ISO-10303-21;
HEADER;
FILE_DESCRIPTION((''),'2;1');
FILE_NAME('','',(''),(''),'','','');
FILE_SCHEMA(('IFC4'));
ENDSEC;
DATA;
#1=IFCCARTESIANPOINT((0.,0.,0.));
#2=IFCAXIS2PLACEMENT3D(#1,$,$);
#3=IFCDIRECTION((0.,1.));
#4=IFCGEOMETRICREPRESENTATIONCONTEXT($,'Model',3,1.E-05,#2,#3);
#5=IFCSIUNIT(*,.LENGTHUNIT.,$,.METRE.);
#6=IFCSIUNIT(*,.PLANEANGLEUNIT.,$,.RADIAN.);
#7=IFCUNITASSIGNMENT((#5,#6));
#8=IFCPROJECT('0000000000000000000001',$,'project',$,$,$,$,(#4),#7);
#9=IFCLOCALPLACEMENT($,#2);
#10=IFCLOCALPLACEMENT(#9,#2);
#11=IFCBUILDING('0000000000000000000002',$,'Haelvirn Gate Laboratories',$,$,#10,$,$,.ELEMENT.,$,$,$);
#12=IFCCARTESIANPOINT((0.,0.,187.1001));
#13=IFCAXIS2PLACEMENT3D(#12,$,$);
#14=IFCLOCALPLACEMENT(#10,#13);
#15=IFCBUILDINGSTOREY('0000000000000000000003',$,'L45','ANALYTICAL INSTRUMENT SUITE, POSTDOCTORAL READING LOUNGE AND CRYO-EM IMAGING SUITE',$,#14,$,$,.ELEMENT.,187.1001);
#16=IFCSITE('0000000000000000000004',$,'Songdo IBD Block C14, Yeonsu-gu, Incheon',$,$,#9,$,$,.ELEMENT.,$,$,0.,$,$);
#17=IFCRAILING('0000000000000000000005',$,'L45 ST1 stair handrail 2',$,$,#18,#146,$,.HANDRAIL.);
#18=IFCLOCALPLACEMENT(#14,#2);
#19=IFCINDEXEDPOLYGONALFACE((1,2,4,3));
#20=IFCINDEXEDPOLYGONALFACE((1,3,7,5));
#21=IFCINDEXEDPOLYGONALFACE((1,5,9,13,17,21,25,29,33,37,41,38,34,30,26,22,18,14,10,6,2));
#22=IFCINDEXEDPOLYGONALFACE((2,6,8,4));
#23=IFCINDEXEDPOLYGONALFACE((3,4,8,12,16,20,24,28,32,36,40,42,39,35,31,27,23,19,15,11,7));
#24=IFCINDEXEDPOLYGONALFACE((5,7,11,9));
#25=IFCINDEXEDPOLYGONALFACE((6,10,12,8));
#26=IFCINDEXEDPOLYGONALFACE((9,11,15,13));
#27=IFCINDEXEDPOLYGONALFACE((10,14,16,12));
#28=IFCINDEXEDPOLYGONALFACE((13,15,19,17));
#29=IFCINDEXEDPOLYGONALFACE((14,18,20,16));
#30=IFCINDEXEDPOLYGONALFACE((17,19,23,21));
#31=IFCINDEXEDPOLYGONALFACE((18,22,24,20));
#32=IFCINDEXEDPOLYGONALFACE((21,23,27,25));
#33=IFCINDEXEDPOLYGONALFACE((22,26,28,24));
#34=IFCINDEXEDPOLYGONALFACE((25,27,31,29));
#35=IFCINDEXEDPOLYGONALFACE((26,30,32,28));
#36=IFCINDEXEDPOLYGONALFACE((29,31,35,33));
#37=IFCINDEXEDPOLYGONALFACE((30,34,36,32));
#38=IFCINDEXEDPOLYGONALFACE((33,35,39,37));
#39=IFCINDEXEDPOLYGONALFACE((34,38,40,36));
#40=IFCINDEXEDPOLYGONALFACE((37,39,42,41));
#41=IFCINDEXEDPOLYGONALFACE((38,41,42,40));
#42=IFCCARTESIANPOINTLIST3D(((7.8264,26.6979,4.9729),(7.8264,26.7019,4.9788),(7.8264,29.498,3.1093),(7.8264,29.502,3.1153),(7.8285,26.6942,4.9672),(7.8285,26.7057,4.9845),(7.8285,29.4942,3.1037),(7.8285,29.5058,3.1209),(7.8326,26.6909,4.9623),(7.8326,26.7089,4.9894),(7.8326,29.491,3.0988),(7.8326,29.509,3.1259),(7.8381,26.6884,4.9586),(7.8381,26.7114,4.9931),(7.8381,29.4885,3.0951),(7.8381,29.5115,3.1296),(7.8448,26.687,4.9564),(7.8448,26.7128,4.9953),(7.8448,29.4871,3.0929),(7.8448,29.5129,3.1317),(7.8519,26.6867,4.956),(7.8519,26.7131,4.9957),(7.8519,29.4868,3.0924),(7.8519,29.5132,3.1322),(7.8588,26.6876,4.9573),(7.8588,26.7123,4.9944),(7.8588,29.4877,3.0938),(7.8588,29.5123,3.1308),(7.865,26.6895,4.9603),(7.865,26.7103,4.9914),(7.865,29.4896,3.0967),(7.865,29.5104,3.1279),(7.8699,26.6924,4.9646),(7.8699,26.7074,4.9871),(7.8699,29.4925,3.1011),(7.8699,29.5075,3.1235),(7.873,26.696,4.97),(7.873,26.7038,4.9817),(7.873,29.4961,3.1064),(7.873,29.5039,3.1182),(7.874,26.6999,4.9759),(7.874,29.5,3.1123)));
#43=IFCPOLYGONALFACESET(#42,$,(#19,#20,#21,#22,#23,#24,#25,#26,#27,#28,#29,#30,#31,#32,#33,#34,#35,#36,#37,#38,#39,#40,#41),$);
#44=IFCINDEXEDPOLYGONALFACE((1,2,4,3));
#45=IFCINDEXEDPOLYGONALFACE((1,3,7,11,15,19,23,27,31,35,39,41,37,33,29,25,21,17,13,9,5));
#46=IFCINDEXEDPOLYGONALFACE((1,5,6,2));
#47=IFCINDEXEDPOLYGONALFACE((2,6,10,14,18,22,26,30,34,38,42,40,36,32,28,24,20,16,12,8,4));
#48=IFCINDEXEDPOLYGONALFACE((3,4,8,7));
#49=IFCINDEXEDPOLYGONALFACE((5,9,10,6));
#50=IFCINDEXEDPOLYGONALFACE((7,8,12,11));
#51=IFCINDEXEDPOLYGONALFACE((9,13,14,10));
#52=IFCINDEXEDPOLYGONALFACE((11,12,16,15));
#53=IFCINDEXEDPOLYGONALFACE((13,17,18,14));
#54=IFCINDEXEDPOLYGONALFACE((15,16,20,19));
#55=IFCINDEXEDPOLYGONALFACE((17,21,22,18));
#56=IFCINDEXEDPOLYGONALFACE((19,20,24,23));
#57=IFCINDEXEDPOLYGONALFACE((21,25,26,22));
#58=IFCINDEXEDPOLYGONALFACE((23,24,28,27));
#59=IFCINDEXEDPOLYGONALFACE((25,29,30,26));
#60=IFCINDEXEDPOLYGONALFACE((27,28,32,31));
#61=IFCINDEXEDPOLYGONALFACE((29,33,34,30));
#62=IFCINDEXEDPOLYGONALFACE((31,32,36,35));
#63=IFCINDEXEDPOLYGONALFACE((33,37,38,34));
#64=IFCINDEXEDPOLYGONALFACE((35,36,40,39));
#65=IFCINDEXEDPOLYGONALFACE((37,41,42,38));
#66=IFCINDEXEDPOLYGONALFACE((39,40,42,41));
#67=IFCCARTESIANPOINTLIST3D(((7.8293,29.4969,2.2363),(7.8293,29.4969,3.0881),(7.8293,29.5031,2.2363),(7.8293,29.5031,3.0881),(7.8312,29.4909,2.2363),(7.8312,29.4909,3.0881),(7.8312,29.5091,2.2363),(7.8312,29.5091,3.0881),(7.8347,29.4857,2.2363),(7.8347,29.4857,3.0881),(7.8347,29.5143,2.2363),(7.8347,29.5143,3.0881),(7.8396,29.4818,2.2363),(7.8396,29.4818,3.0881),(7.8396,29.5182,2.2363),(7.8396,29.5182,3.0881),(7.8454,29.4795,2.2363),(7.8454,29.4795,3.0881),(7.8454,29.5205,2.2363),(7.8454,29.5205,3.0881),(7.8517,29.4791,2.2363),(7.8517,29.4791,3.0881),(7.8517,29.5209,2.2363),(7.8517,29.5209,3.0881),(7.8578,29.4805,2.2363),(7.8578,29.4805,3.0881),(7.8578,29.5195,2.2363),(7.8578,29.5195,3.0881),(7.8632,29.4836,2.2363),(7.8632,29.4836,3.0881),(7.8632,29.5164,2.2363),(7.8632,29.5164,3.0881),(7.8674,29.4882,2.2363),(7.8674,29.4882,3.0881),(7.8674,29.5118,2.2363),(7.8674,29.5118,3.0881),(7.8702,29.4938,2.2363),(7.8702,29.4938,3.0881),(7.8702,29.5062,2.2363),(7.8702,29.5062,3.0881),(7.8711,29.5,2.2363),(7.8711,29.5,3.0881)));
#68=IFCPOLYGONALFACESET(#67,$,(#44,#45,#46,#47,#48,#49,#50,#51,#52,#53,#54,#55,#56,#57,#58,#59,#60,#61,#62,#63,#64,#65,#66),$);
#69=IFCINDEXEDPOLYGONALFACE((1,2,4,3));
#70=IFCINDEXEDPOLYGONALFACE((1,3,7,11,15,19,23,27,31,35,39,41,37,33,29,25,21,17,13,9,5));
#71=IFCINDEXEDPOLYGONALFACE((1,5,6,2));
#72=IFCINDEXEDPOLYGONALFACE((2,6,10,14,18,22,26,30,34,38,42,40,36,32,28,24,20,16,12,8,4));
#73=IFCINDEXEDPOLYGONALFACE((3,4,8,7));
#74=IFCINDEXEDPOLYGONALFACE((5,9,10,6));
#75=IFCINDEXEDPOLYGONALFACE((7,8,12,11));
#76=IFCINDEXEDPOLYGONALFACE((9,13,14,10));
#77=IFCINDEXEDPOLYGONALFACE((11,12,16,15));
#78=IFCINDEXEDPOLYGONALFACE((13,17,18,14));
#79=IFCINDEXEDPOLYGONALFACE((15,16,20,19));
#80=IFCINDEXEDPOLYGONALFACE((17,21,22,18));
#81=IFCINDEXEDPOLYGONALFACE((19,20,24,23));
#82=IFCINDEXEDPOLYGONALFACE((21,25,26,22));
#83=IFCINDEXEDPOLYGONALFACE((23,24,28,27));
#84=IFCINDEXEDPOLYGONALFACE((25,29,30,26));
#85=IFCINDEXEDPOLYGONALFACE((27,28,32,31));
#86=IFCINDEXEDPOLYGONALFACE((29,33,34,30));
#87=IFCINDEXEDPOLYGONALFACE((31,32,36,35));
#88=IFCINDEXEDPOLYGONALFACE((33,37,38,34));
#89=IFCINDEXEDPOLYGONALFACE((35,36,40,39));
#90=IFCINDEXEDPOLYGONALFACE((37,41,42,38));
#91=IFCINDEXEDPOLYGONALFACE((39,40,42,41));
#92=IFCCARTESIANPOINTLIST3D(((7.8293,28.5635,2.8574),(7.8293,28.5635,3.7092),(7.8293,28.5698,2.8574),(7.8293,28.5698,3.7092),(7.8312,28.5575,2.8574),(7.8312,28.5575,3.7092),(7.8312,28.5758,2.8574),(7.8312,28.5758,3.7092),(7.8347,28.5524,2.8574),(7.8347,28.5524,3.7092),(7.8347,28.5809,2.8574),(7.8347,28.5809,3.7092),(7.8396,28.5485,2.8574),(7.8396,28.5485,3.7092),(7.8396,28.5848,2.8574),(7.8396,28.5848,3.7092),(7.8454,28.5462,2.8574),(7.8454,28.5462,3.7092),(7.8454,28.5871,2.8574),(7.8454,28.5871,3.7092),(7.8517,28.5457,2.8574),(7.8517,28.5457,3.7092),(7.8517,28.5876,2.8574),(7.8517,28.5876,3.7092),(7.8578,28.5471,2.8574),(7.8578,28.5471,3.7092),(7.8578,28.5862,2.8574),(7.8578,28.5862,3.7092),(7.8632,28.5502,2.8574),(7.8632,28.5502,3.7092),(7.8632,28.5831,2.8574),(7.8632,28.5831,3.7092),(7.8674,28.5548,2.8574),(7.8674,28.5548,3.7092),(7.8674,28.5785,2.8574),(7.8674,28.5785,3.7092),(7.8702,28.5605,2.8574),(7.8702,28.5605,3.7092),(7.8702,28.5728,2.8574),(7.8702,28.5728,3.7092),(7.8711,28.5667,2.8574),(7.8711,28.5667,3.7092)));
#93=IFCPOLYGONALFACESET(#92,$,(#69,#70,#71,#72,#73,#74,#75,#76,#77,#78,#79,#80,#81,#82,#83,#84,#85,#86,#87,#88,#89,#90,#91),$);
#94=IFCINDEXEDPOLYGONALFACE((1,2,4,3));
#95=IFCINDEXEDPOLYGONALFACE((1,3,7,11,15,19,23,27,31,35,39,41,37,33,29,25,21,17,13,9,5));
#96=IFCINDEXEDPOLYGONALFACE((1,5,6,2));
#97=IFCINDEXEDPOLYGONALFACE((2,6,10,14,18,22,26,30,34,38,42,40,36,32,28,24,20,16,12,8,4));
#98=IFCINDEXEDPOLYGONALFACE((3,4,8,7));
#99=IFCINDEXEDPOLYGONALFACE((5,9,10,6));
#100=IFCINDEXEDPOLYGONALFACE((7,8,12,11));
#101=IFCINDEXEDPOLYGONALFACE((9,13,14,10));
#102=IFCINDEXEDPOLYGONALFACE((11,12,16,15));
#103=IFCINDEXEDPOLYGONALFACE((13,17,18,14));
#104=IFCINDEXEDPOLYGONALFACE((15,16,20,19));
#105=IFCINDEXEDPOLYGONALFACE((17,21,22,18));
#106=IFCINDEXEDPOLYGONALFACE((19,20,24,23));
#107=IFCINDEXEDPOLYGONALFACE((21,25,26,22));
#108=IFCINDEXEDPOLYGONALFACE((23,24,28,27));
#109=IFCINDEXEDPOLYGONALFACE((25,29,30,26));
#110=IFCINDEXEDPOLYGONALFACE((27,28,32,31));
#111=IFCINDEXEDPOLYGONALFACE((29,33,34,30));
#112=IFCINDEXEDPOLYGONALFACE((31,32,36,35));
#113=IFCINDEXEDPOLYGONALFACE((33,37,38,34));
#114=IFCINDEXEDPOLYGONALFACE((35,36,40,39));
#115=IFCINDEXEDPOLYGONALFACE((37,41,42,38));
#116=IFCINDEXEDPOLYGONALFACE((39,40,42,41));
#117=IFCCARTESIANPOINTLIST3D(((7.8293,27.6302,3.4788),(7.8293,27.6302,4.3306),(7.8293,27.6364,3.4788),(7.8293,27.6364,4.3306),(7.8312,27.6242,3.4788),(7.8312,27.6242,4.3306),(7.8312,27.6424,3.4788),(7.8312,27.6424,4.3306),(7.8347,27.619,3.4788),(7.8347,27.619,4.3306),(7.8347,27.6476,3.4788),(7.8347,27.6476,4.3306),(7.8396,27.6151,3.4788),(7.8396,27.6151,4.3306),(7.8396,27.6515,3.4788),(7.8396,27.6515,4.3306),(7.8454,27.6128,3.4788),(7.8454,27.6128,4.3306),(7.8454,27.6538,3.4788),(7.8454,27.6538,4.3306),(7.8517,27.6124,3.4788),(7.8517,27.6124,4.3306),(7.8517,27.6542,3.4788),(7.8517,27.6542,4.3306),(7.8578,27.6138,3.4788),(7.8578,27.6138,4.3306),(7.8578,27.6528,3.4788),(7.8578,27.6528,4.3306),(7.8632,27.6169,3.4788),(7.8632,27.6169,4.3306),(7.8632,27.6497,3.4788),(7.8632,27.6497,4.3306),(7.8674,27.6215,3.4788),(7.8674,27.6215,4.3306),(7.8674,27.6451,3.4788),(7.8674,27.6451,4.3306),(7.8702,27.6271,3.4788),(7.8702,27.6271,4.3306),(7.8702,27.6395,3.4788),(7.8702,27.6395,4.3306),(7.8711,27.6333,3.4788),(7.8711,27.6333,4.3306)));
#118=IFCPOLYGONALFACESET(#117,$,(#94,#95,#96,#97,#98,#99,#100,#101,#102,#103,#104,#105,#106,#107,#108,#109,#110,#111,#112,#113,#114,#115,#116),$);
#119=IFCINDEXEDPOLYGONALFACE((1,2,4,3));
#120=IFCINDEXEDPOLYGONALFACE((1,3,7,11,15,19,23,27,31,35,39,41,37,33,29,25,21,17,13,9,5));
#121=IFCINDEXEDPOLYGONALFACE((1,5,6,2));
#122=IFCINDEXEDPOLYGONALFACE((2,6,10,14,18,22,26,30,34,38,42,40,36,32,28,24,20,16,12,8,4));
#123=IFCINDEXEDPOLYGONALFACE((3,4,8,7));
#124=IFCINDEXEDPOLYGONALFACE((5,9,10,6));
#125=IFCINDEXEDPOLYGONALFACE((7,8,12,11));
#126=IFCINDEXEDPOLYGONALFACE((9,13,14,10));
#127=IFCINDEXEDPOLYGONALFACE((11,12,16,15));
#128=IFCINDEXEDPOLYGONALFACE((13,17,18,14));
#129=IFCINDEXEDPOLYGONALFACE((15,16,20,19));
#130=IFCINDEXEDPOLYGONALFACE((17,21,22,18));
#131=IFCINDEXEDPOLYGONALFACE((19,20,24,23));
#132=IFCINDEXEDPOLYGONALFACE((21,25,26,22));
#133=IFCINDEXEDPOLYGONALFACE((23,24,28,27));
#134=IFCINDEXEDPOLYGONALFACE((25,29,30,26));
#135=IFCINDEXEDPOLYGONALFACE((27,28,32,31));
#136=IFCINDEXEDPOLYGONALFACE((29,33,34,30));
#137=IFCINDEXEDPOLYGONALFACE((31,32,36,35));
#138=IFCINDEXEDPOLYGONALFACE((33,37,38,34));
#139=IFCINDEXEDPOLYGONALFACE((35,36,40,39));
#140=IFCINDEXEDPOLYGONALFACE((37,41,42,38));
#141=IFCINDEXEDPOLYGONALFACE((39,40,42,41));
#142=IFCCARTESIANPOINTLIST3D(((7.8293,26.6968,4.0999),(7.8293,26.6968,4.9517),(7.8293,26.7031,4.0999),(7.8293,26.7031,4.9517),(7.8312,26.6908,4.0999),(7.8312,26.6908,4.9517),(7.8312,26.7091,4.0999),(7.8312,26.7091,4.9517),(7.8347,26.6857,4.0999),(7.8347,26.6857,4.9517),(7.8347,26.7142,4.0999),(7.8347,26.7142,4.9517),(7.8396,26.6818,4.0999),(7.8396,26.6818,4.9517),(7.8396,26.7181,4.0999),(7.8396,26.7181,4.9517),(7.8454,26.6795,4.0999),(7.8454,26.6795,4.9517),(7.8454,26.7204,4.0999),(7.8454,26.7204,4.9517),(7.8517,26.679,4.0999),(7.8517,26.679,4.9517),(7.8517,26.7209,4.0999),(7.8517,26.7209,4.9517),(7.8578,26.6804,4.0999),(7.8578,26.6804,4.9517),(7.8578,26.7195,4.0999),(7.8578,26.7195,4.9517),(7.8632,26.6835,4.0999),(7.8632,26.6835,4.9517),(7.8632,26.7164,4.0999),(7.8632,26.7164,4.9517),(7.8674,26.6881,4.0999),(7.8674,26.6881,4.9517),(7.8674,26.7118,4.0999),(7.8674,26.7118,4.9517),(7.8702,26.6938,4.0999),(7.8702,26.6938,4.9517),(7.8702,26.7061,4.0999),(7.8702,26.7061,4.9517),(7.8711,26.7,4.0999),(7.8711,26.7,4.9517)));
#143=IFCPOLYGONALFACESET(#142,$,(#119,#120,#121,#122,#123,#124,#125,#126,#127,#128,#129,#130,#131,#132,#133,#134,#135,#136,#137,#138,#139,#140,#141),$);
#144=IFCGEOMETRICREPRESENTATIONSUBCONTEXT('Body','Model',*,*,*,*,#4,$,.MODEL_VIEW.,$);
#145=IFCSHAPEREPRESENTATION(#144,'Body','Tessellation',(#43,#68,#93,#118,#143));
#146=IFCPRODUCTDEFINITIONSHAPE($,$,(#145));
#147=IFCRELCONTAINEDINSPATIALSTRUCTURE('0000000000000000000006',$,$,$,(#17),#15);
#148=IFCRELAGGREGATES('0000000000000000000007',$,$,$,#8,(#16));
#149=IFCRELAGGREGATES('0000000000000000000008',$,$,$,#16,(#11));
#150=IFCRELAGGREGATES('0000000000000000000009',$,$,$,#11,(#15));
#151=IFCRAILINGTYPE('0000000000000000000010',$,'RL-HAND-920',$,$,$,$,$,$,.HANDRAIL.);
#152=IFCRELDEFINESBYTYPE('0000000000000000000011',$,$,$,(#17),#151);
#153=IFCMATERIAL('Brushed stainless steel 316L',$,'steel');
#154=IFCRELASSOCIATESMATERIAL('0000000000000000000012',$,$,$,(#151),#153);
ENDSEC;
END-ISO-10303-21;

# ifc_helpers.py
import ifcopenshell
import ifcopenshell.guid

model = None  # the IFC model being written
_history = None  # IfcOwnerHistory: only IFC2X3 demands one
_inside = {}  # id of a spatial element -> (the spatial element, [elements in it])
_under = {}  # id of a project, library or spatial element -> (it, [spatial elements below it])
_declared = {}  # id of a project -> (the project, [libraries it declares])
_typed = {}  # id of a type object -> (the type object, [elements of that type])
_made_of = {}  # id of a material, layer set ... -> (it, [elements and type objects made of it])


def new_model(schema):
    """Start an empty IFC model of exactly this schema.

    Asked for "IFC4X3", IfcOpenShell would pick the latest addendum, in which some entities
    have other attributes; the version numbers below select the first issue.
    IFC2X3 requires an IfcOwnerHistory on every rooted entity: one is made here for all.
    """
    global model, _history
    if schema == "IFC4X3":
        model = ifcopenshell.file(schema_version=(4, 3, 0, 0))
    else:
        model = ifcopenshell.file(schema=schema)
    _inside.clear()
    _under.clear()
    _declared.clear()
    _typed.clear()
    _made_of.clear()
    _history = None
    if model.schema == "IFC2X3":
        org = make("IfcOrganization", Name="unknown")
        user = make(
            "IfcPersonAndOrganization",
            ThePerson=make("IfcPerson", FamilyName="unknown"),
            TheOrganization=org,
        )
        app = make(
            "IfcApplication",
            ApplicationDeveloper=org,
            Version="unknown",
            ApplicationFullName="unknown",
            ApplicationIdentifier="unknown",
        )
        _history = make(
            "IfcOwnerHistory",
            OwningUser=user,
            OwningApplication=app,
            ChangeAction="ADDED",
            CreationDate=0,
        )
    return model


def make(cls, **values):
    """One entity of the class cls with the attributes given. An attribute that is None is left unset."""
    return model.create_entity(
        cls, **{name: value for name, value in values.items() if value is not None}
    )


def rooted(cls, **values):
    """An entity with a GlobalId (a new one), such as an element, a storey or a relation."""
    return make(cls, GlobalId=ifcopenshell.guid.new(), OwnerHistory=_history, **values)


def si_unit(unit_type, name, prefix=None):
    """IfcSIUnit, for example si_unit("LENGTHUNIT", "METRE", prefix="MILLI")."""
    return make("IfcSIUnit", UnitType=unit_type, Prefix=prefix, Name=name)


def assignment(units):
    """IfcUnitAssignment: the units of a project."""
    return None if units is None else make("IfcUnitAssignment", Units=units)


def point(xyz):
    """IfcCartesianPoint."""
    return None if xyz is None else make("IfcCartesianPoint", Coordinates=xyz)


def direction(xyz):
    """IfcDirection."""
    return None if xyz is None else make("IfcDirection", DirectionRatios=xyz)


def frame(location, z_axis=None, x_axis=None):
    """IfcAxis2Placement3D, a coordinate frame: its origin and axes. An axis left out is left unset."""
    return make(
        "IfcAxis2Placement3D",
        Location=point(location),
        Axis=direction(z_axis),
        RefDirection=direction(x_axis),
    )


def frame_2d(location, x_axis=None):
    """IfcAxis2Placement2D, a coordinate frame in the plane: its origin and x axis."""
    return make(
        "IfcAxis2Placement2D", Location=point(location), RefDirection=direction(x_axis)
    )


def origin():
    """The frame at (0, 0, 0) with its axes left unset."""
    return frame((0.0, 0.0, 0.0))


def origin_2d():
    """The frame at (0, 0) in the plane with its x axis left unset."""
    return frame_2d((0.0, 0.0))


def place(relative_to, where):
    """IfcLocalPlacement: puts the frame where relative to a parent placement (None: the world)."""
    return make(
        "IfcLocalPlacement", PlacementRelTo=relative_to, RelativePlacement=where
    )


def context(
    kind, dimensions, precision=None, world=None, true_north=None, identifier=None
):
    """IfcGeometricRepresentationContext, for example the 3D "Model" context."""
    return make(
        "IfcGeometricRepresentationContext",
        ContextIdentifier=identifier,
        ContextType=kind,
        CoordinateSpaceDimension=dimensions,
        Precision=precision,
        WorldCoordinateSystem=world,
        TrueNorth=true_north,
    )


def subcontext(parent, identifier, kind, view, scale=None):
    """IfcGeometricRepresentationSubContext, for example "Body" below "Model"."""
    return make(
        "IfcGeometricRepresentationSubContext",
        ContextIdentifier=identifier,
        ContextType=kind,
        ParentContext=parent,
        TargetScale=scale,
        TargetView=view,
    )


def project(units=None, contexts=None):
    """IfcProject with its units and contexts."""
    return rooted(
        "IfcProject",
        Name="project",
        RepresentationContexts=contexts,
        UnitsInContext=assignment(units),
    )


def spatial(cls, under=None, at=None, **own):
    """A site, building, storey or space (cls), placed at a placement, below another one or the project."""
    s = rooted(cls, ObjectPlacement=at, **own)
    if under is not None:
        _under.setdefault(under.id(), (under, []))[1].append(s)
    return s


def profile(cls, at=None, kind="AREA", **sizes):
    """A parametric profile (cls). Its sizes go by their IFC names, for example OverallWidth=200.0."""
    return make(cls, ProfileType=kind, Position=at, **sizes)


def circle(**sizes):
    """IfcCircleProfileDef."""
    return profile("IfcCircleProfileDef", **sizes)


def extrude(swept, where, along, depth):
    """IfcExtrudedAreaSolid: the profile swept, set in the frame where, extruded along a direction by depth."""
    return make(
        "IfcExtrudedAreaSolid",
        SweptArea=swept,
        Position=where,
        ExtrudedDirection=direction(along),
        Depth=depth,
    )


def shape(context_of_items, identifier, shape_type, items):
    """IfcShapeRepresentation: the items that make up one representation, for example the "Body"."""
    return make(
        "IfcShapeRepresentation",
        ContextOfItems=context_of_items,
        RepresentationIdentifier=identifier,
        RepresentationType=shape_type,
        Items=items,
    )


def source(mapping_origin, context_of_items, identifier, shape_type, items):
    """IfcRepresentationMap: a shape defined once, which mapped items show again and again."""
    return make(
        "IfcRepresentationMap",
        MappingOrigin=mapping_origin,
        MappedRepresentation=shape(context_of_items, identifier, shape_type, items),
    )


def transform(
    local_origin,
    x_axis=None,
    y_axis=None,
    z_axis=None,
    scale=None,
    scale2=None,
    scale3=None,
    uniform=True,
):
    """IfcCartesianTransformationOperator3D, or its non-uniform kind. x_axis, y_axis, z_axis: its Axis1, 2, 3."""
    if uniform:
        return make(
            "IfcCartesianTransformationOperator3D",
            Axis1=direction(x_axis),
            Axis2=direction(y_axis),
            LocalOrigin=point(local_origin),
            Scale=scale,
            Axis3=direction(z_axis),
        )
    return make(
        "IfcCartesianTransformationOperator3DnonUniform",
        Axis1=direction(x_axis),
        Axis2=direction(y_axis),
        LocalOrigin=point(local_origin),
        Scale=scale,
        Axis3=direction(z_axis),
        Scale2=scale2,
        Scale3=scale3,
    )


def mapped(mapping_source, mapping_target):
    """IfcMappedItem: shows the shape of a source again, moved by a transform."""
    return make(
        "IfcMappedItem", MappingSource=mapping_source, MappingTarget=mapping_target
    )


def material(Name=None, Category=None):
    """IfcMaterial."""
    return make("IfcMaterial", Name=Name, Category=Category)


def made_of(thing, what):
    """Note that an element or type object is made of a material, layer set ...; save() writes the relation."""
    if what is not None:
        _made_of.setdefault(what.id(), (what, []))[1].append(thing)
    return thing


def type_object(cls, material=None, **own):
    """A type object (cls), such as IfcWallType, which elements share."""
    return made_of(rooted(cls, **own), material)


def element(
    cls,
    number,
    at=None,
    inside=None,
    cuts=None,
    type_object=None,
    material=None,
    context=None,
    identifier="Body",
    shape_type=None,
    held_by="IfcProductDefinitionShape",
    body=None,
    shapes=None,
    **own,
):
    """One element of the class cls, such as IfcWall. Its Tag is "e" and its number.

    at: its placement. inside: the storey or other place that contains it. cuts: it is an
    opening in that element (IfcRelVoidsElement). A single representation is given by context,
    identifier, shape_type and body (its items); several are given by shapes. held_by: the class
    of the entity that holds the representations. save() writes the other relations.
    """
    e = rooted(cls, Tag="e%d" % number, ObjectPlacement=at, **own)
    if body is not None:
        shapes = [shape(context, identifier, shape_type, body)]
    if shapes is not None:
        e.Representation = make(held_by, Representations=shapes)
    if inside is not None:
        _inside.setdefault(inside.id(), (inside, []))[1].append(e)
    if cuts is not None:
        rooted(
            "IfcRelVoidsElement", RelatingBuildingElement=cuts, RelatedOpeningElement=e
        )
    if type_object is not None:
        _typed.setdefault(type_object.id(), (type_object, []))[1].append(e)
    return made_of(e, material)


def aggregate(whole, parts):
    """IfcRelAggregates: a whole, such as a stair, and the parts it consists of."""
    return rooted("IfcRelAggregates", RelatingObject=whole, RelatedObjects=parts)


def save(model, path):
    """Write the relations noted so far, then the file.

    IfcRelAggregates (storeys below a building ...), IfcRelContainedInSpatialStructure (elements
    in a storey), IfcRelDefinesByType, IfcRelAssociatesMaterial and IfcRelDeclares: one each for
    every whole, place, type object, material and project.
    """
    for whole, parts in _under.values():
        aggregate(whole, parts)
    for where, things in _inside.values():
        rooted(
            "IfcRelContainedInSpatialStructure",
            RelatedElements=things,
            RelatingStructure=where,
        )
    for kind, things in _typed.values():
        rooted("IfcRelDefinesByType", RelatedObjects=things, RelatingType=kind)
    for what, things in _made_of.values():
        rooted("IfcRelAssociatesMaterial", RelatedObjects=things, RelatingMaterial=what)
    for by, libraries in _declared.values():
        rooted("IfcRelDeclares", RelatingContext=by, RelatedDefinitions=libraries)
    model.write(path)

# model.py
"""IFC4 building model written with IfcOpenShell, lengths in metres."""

from ifc_helpers import new_model, si_unit, direction, frame, origin, origin_2d, place, context, subcontext, project, spatial, circle, extrude, source, transform, mapped, material, type_object, element, save


model = new_model("IFC4")

# Units and contexts
model_context = context("Model", 3, precision=1e-05, world=origin(), true_north=direction((0.0, 1.0)))
body_context = subcontext(model_context, "Body", "Model", "MODEL_VIEW")
ifc_project = project(units=[si_unit("LENGTHUNIT", "METRE"), si_unit("PLANEANGLEUNIT", "RADIAN")], contexts=[model_context])

# Site, building, storey
site_placement = place(None, origin())
site = spatial("IfcSite", under=ifc_project, at=site_placement, Name="Songdo IBD Block C14, Yeonsu-gu, Incheon", CompositionType="ELEMENT", RefElevation=0.0)
building_placement = place(site_placement, origin())
building = spatial("IfcBuilding", under=site, at=building_placement, Name="Haelvirn Gate Laboratories", CompositionType="ELEMENT")
storey_placement = place(building_placement, frame((0.0, 0.0, 187.1001)))
storey = spatial("IfcBuildingStorey", under=building, at=storey_placement, Name="L45", Description="ANALYTICAL INSTRUMENT SUITE, POSTDOCTORAL READING LOUNGE AND CRYO-EM IMAGING SUITE", CompositionType="ELEMENT", Elevation=187.1001)

# Railing
ifc_material_1 = material(Name="Brushed stainless steel 316L", Category="steel")
railing_type_1 = type_object("IfcRailingType", Name="RL-HAND-920", PredefinedType="HANDRAIL", material=ifc_material_1)
shared_shape_1 = source(origin(), body_context, "Body", "SweptSolid", [
    extrude(circle(Radius=0.0239, at=origin_2d()), frame((0.0, 0.0, 0.876), z_axis=(0.0, -0.832486, 0.554047), x_axis=(1.0, 0.0, 0.0)), (0.0, 0.0, 1.0), 3.3635),
    extrude(circle(Radius=0.021, at=origin_2d()), origin(), (0.0, 0.0, 1.0), 0.8518),
    extrude(circle(Radius=0.021, at=origin_2d()), frame((0.0, -0.9333, 0.6211)), (0.0, 0.0, 1.0), 0.8518),
    extrude(circle(Radius=0.021, at=origin_2d()), frame((0.0, -1.8667, 1.2424)), (0.0, 0.0, 1.0), 0.8518),
    extrude(circle(Radius=0.021, at=origin_2d()), frame((0.0, -2.8, 1.8635)), (0.0, 0.0, 1.0), 0.8518),
])
railing_1_placement = place(storey_placement, frame((7.8501, 29.5, 2.2363)))
element("IfcRailing", 1, at=railing_1_placement, inside=storey, type_object=railing_type_1, Name="L45 ST1 stair handrail 2", PredefinedType="HANDRAIL", context=body_context, shape_type="MappedRepresentation", body=[
    mapped(shared_shape_1, transform((0.0, 0.0, 0.0), scale=1.0)),
])

save(model, "model.ifc")
